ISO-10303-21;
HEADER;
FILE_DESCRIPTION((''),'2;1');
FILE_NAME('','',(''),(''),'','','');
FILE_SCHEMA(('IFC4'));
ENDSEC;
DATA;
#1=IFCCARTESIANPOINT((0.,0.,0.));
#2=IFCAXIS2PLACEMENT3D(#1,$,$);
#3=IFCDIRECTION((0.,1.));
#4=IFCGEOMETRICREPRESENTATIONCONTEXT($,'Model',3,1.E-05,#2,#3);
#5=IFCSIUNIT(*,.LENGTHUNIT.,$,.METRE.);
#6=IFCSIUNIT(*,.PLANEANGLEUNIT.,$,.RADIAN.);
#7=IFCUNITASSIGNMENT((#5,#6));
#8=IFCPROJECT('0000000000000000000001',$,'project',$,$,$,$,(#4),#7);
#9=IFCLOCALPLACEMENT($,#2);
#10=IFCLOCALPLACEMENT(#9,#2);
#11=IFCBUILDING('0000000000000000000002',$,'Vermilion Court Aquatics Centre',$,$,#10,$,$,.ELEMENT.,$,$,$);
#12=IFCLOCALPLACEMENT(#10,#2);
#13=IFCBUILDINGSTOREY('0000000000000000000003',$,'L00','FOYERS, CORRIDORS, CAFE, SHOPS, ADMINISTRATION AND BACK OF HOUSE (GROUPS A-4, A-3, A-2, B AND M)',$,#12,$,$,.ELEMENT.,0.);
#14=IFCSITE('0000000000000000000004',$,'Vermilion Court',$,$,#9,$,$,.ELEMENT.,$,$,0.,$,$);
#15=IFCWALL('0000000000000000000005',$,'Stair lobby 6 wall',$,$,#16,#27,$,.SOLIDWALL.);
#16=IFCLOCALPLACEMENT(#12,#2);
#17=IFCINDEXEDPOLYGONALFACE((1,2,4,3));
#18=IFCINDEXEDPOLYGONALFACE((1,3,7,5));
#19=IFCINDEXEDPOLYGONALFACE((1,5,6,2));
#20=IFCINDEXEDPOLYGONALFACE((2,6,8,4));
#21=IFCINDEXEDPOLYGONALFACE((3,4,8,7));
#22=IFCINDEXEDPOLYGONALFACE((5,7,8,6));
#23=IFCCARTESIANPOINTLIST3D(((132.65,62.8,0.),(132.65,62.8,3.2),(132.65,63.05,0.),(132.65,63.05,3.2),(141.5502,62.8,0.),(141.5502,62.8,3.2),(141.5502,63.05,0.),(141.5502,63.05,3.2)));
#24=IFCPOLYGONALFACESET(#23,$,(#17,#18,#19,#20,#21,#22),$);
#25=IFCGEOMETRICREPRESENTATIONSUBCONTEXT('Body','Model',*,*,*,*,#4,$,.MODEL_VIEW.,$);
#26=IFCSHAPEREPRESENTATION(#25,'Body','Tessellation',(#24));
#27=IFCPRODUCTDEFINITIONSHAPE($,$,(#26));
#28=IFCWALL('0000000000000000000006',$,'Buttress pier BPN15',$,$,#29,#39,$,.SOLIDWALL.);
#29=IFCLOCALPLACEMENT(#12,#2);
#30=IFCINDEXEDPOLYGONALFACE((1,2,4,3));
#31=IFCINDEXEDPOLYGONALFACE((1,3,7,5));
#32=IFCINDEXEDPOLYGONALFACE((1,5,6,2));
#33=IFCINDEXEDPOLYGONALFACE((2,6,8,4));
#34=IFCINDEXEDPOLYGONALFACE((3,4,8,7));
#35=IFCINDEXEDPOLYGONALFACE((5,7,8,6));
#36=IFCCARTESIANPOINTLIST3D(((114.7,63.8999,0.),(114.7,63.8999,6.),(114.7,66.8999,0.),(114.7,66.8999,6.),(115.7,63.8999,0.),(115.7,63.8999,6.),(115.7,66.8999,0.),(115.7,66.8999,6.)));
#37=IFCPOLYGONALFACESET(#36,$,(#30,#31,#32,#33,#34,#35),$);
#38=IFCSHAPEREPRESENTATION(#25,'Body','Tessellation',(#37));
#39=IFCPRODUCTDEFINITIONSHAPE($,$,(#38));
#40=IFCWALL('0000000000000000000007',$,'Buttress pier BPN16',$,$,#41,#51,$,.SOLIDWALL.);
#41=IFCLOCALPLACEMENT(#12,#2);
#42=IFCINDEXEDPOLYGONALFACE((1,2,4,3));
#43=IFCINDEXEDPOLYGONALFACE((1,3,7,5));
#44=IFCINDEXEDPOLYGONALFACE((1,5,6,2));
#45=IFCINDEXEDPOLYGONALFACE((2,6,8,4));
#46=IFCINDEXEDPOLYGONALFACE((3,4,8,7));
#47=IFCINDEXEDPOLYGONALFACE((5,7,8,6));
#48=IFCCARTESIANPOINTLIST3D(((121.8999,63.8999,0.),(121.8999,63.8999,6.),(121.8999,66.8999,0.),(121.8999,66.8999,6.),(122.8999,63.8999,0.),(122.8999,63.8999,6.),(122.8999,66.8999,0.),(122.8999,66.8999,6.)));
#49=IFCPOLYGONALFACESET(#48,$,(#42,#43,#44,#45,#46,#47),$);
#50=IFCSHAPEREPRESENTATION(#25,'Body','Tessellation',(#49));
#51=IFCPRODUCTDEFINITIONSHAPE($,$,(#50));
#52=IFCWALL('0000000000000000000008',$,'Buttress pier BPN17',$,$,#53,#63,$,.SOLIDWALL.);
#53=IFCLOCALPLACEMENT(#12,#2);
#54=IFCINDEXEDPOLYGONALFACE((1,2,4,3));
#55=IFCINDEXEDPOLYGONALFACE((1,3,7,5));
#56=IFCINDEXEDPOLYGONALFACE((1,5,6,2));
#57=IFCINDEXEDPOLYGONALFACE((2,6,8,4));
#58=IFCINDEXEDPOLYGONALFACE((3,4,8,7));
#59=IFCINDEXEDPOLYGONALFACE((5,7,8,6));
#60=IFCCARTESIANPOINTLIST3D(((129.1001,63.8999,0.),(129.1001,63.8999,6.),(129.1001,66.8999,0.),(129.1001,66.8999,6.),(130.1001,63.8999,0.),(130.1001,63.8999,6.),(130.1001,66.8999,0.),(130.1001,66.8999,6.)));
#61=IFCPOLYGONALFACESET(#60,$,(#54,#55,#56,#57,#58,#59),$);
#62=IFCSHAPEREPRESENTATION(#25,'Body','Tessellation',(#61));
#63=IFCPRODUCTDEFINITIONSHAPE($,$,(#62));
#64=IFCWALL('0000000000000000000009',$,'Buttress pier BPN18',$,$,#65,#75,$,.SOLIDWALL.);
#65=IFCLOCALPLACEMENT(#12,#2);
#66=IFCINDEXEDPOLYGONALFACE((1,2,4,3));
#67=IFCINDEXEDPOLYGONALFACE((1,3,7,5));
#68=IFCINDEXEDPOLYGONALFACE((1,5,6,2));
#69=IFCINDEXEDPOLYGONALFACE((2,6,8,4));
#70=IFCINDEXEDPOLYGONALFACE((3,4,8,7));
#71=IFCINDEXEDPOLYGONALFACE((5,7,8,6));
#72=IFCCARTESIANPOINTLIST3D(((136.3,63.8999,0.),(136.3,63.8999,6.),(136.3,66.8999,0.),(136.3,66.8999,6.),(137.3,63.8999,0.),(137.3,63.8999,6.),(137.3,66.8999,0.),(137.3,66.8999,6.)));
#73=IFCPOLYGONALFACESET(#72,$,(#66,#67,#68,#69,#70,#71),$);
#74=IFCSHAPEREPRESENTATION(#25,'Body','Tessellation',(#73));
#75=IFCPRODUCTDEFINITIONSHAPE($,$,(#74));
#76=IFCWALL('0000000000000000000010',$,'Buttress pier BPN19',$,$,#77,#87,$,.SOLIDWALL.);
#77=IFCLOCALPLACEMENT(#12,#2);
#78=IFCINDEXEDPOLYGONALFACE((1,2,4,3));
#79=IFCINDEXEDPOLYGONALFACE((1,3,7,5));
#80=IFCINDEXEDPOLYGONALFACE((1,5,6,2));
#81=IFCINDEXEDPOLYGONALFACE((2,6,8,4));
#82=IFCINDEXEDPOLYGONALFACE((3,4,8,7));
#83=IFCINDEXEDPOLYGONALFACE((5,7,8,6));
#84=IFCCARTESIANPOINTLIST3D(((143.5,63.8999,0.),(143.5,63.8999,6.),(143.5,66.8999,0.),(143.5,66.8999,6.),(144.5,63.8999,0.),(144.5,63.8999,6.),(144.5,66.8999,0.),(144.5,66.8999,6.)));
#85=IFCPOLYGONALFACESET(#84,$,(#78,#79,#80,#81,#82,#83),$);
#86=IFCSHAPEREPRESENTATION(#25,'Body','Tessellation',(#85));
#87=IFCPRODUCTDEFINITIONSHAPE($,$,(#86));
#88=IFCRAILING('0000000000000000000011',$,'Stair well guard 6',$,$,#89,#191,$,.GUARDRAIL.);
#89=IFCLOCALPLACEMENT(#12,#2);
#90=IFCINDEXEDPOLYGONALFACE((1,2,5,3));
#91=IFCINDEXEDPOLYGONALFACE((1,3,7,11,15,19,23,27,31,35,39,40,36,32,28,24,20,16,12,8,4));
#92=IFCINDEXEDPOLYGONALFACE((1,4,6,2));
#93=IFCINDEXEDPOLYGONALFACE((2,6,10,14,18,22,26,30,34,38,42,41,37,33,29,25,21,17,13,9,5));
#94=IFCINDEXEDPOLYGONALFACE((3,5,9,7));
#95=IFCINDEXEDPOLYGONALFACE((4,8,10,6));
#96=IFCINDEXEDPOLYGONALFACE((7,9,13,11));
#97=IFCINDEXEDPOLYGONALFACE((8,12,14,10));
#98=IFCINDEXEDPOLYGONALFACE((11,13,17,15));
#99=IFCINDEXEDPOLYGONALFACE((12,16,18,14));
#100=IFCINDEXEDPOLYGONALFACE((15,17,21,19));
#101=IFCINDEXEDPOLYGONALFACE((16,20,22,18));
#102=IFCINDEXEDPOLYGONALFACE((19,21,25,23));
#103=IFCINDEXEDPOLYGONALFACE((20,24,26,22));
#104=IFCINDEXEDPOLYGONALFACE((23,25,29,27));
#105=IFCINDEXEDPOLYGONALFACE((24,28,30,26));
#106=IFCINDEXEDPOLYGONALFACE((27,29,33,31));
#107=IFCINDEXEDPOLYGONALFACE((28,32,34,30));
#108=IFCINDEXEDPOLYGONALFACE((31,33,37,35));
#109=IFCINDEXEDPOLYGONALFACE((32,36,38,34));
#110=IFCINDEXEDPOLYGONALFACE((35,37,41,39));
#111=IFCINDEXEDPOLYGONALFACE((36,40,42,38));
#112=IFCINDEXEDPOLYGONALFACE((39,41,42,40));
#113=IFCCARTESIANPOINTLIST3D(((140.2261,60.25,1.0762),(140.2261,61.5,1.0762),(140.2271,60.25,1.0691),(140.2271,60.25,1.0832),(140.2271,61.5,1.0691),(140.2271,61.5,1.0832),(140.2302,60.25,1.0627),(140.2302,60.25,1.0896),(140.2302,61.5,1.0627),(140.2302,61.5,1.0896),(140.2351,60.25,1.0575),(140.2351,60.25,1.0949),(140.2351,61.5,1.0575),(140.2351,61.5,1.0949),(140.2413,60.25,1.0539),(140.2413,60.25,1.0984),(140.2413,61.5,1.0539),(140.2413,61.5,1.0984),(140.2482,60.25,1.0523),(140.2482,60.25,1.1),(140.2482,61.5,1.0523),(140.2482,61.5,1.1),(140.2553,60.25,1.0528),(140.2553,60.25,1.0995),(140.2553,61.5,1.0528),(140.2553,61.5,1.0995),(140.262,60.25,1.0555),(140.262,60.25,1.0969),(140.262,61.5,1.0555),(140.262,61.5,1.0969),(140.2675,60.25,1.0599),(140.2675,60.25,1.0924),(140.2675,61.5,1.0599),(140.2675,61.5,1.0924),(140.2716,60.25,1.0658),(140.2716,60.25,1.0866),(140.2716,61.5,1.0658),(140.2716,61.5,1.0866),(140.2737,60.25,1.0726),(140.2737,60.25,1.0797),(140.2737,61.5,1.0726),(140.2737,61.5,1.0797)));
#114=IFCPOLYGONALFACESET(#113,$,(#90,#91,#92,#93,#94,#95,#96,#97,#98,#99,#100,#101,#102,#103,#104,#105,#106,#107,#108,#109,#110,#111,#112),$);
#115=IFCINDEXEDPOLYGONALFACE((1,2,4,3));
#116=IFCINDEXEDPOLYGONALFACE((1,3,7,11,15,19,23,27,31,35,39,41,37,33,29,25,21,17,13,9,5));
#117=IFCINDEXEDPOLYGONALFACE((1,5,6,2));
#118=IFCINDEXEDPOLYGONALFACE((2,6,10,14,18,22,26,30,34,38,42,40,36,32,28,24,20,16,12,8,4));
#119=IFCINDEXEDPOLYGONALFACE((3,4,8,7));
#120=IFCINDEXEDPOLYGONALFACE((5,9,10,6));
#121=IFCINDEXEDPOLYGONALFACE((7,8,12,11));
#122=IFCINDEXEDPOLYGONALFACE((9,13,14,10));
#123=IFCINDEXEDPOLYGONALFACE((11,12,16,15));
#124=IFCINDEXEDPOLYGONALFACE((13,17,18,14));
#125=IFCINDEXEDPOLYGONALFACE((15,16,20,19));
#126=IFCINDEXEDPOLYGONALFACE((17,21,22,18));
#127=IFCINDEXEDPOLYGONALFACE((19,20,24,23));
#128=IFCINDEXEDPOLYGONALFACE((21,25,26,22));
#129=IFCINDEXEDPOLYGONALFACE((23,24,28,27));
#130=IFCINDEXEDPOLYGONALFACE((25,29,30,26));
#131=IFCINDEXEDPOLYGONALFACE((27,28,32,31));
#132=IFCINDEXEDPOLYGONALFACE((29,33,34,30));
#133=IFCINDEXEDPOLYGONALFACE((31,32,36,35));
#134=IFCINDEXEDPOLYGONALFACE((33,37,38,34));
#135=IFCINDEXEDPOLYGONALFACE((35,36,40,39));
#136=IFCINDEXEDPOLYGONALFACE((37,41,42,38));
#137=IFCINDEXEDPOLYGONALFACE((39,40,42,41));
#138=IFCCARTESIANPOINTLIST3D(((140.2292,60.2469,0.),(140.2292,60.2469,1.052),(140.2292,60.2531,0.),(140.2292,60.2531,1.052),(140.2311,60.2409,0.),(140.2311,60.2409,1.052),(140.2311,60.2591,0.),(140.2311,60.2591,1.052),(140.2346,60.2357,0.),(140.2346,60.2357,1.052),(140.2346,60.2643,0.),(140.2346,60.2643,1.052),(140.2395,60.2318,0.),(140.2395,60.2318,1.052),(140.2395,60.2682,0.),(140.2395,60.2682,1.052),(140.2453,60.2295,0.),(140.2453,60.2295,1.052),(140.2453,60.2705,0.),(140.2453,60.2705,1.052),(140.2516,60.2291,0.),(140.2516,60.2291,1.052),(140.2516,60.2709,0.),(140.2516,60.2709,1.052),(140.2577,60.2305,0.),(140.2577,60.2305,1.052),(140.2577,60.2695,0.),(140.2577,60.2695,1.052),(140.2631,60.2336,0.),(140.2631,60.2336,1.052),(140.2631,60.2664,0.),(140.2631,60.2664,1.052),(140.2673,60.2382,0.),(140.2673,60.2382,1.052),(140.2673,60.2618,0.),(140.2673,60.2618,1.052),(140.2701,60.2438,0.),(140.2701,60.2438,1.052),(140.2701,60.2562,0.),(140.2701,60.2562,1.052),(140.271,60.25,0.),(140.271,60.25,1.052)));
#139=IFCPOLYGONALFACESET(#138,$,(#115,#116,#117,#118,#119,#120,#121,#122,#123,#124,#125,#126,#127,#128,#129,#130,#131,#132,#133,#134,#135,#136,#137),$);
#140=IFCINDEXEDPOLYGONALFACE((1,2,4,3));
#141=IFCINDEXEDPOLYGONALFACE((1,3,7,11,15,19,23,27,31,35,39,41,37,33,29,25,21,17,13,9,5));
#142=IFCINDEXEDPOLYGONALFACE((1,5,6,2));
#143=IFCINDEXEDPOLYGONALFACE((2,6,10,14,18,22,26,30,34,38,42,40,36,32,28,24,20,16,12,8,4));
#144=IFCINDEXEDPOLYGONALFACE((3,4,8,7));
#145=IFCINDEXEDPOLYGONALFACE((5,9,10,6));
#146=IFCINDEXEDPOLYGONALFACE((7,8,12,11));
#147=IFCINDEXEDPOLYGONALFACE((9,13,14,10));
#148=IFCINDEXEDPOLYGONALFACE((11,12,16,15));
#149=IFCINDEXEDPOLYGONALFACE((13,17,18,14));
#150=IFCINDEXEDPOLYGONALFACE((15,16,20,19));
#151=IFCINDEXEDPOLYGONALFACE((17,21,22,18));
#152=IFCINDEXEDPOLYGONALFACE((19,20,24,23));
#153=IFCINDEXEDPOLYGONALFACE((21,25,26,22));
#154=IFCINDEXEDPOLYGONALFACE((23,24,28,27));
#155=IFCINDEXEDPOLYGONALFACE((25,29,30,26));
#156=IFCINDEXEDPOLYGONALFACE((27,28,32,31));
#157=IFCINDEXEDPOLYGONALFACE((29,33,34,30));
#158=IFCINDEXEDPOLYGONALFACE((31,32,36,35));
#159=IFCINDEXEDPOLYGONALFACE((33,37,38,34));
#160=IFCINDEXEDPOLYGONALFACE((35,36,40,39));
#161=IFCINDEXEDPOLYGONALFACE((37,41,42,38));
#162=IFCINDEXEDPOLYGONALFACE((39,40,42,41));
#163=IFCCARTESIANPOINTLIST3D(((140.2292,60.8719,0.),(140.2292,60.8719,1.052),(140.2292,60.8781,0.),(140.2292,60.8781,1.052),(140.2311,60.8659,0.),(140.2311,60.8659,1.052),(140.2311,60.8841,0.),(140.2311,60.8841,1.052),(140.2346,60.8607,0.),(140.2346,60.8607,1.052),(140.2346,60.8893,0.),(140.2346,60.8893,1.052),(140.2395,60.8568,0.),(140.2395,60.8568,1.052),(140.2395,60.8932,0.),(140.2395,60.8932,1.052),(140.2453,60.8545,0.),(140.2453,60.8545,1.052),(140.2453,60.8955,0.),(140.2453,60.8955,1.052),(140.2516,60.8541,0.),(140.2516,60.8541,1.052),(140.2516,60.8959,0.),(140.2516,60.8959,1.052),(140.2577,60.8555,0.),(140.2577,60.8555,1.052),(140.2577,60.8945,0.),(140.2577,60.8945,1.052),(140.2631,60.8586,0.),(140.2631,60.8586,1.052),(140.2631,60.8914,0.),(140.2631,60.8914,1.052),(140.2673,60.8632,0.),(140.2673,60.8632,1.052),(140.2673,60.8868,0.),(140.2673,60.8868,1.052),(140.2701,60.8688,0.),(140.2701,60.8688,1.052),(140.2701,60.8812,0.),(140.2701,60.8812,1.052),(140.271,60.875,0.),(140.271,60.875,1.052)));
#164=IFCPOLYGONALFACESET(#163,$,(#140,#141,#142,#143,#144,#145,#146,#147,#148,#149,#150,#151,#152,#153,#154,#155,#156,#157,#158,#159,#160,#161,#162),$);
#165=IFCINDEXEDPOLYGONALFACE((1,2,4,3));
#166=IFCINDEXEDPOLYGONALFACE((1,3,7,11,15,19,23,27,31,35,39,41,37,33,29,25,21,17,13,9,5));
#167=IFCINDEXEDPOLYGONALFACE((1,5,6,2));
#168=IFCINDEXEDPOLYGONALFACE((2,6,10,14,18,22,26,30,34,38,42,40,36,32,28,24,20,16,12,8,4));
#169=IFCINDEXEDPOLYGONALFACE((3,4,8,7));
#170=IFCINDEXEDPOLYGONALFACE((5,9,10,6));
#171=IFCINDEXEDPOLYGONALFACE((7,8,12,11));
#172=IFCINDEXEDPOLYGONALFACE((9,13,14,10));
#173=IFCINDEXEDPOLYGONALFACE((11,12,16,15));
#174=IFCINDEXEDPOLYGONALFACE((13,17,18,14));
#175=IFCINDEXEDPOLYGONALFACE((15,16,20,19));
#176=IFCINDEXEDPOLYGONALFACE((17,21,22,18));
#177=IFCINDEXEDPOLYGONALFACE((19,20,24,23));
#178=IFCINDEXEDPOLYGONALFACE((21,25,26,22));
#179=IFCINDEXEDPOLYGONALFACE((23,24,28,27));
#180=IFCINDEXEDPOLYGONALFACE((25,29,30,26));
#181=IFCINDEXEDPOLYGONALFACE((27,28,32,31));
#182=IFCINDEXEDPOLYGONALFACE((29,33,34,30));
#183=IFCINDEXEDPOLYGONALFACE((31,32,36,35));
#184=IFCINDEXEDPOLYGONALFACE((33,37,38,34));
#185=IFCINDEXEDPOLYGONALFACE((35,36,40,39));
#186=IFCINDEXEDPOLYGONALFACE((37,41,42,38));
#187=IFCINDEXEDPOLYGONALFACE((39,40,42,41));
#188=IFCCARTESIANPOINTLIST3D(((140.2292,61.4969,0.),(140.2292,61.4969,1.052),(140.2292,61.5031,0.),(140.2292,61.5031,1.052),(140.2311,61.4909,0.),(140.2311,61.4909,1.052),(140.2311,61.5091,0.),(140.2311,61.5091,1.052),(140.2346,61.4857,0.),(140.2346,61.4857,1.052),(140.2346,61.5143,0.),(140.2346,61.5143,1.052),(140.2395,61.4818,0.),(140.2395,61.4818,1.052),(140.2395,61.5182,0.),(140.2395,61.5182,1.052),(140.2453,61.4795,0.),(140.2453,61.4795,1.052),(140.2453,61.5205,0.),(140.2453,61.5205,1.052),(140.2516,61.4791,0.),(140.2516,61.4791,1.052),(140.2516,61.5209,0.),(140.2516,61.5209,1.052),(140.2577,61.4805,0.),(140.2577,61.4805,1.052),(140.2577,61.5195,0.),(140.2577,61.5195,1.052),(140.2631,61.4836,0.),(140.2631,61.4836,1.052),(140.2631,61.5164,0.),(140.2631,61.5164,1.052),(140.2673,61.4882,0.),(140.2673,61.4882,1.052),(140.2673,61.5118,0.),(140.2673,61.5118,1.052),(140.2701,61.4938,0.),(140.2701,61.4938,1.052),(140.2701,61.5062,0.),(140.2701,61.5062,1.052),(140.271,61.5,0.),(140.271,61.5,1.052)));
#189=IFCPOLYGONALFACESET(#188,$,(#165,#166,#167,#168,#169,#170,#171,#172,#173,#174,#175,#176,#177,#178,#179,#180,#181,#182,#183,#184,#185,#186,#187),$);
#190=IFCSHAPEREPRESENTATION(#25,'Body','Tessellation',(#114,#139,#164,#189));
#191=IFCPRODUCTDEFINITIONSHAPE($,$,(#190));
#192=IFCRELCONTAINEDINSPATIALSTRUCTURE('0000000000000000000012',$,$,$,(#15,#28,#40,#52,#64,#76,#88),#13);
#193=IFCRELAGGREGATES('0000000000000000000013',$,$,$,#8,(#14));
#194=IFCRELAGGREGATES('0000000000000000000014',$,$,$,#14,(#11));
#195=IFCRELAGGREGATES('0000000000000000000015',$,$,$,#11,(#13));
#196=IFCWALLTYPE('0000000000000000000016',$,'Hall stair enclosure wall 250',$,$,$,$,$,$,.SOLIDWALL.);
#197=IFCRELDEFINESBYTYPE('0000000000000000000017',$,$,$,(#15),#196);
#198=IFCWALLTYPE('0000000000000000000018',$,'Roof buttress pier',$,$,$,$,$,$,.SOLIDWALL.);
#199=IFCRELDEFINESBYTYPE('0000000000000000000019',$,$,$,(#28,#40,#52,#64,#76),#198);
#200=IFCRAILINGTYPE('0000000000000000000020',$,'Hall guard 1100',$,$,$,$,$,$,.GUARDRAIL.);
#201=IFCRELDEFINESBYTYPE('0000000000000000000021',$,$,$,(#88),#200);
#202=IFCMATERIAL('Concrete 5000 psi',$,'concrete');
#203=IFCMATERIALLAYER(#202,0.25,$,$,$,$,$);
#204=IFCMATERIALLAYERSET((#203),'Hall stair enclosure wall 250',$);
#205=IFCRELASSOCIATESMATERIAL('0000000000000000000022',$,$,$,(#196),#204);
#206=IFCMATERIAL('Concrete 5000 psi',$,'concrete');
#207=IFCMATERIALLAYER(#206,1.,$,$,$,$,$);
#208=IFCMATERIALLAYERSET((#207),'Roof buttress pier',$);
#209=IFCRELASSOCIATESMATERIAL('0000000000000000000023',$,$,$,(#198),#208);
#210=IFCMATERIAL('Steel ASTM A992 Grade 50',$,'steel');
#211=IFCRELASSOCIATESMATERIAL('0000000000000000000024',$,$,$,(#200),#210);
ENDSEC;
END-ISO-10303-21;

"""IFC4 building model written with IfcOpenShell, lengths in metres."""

from ifc_helpers import new_model, si_unit, direction, frame, frame_2d, origin, origin_2d, place, context, subcontext, project, spatial, rectangle, circle, extrude, material, layer, layer_set, type_object, element, save


model = new_model("IFC4")

# Units and contexts
model_context = context("Model", 3, precision=1e-05, world=origin(), true_north=direction((0.0, 1.0)))
body_context = subcontext(model_context, "Body", "Model", "MODEL_VIEW")
ifc_project = project(units=[si_unit("LENGTHUNIT", "METRE"), si_unit("PLANEANGLEUNIT", "RADIAN")], contexts=[model_context])

# Site, building, storey
site_placement = place(None, origin())
site = spatial("IfcSite", under=ifc_project, at=site_placement, Name="Vermilion Court", CompositionType="ELEMENT", RefElevation=0.0)
building_placement = place(site_placement, origin())
building = spatial("IfcBuilding", under=site, at=building_placement, Name="Vermilion Court Aquatics Centre", CompositionType="ELEMENT")
storey_placement = place(building_placement, origin())
storey = spatial("IfcBuildingStorey", under=building, at=storey_placement, Name="L00", Description="FOYERS, CORRIDORS, CAFE, SHOPS, ADMINISTRATION AND BACK OF HOUSE (GROUPS A-4, A-3, A-2, B AND M)", CompositionType="ELEMENT", Elevation=0.0)

# Walls
ifc_material_1 = material(Name="Concrete 5000 psi", Category="concrete")
ifc_layer_1 = layer(ifc_material_1, 0.25)
ifc_layer_set_1 = layer_set([ifc_layer_1], Name="Hall stair enclosure wall 250")
wall_type_1 = type_object("IfcWallType", Name="Hall stair enclosure wall 250", PredefinedType="SOLIDWALL", material=ifc_layer_set_1)
wall_placement = place(storey_placement, frame((132.6499, 62.925, 0.0), z_axis=(0.0, 0.0, 1.0), x_axis=(1.0, 0.0, 0.0)))
element("IfcWall", 1, at=wall_placement, inside=storey, type_object=wall_type_1, Name="Stair lobby 6 wall", PredefinedType="SOLIDWALL", context=body_context, shape_type="SweptSolid", body=[
    extrude(rectangle(XDim=8.9001, YDim=0.25, at=frame_2d((4.4502, 0.0))), origin(), (0.0, 0.0, 1.0), 3.2),
])
ifc_material_2 = material(Name="Concrete 5000 psi", Category="concrete")
ifc_layer_2 = layer(ifc_material_2, 1.0)
ifc_layer_set_2 = layer_set([ifc_layer_2], Name="Roof buttress pier")
wall_type_2 = type_object("IfcWallType", Name="Roof buttress pier", PredefinedType="SOLIDWALL", material=ifc_layer_set_2)
for number, where, z_axis, x_axis, name in (
    (2, (115.2, 63.8999, 0.0), (0.0, 0.0, 1.0), (0.0, 1.0, 0.0), "Buttress pier BPN15"),
    (3, (122.3999, 63.8999, 0.0), (0.0, 0.0, 1.0), (0.0, 1.0, 0.0), "Buttress pier BPN16"),
    (4, (129.6001, 63.8999, 0.0), (0.0, 0.0, 1.0), (0.0, 1.0, 0.0), "Buttress pier BPN17"),
    (5, (136.8, 63.8999, 0.0), (0.0, 0.0, 1.0), (0.0, 1.0, 0.0), "Buttress pier BPN18"),
    (6, (144.0, 63.8999, 0.0), (0.0, 0.0, 1.0), (0.0, 1.0, 0.0), "Buttress pier BPN19"),
):
    element("IfcWall", number, at=place(storey_placement, frame(where, z_axis=z_axis, x_axis=x_axis)), inside=storey, type_object=wall_type_2, Name=name, PredefinedType="SOLIDWALL", context=body_context, shape_type="SweptSolid", body=[
        extrude(rectangle(XDim=3.0, YDim=1.0, at=frame_2d((1.5, 0.0))), origin(), (0.0, 0.0, 1.0), 6.0),
    ])

# Railing
ifc_material_3 = material(Name="Steel ASTM A992 Grade 50", Category="steel")
railing_type = type_object("IfcRailingType", Name="Hall guard 1100", PredefinedType="GUARDRAIL", material=ifc_material_3)
railing_placement = place(storey_placement, frame((140.25, 60.25, 0.0)))
element("IfcRailing", 7, at=railing_placement, inside=storey, type_object=railing_type, Name="Stair well guard 6", PredefinedType="GUARDRAIL", context=body_context, shape_type="SweptSolid", body=[
    extrude(circle(Radius=0.0239, at=origin_2d()), frame((0.0, 0.0, 1.0762), z_axis=(0.0, 1.0, 0.0), x_axis=(-1.0, 0.0, 0.0)), (0.0, 0.0, 1.0), 1.25),
    extrude(circle(Radius=0.021, at=origin_2d()), origin(), (0.0, 0.0, 1.0), 1.052),
    extrude(circle(Radius=0.021, at=origin_2d()), frame((0.0, 0.625, 0.0)), (0.0, 0.0, 1.0), 1.052),
    extrude(circle(Radius=0.021, at=origin_2d()), frame((0.0, 1.25, 0.0)), (0.0, 0.0, 1.0), 1.052),
])

save(model, "model.ifc")
